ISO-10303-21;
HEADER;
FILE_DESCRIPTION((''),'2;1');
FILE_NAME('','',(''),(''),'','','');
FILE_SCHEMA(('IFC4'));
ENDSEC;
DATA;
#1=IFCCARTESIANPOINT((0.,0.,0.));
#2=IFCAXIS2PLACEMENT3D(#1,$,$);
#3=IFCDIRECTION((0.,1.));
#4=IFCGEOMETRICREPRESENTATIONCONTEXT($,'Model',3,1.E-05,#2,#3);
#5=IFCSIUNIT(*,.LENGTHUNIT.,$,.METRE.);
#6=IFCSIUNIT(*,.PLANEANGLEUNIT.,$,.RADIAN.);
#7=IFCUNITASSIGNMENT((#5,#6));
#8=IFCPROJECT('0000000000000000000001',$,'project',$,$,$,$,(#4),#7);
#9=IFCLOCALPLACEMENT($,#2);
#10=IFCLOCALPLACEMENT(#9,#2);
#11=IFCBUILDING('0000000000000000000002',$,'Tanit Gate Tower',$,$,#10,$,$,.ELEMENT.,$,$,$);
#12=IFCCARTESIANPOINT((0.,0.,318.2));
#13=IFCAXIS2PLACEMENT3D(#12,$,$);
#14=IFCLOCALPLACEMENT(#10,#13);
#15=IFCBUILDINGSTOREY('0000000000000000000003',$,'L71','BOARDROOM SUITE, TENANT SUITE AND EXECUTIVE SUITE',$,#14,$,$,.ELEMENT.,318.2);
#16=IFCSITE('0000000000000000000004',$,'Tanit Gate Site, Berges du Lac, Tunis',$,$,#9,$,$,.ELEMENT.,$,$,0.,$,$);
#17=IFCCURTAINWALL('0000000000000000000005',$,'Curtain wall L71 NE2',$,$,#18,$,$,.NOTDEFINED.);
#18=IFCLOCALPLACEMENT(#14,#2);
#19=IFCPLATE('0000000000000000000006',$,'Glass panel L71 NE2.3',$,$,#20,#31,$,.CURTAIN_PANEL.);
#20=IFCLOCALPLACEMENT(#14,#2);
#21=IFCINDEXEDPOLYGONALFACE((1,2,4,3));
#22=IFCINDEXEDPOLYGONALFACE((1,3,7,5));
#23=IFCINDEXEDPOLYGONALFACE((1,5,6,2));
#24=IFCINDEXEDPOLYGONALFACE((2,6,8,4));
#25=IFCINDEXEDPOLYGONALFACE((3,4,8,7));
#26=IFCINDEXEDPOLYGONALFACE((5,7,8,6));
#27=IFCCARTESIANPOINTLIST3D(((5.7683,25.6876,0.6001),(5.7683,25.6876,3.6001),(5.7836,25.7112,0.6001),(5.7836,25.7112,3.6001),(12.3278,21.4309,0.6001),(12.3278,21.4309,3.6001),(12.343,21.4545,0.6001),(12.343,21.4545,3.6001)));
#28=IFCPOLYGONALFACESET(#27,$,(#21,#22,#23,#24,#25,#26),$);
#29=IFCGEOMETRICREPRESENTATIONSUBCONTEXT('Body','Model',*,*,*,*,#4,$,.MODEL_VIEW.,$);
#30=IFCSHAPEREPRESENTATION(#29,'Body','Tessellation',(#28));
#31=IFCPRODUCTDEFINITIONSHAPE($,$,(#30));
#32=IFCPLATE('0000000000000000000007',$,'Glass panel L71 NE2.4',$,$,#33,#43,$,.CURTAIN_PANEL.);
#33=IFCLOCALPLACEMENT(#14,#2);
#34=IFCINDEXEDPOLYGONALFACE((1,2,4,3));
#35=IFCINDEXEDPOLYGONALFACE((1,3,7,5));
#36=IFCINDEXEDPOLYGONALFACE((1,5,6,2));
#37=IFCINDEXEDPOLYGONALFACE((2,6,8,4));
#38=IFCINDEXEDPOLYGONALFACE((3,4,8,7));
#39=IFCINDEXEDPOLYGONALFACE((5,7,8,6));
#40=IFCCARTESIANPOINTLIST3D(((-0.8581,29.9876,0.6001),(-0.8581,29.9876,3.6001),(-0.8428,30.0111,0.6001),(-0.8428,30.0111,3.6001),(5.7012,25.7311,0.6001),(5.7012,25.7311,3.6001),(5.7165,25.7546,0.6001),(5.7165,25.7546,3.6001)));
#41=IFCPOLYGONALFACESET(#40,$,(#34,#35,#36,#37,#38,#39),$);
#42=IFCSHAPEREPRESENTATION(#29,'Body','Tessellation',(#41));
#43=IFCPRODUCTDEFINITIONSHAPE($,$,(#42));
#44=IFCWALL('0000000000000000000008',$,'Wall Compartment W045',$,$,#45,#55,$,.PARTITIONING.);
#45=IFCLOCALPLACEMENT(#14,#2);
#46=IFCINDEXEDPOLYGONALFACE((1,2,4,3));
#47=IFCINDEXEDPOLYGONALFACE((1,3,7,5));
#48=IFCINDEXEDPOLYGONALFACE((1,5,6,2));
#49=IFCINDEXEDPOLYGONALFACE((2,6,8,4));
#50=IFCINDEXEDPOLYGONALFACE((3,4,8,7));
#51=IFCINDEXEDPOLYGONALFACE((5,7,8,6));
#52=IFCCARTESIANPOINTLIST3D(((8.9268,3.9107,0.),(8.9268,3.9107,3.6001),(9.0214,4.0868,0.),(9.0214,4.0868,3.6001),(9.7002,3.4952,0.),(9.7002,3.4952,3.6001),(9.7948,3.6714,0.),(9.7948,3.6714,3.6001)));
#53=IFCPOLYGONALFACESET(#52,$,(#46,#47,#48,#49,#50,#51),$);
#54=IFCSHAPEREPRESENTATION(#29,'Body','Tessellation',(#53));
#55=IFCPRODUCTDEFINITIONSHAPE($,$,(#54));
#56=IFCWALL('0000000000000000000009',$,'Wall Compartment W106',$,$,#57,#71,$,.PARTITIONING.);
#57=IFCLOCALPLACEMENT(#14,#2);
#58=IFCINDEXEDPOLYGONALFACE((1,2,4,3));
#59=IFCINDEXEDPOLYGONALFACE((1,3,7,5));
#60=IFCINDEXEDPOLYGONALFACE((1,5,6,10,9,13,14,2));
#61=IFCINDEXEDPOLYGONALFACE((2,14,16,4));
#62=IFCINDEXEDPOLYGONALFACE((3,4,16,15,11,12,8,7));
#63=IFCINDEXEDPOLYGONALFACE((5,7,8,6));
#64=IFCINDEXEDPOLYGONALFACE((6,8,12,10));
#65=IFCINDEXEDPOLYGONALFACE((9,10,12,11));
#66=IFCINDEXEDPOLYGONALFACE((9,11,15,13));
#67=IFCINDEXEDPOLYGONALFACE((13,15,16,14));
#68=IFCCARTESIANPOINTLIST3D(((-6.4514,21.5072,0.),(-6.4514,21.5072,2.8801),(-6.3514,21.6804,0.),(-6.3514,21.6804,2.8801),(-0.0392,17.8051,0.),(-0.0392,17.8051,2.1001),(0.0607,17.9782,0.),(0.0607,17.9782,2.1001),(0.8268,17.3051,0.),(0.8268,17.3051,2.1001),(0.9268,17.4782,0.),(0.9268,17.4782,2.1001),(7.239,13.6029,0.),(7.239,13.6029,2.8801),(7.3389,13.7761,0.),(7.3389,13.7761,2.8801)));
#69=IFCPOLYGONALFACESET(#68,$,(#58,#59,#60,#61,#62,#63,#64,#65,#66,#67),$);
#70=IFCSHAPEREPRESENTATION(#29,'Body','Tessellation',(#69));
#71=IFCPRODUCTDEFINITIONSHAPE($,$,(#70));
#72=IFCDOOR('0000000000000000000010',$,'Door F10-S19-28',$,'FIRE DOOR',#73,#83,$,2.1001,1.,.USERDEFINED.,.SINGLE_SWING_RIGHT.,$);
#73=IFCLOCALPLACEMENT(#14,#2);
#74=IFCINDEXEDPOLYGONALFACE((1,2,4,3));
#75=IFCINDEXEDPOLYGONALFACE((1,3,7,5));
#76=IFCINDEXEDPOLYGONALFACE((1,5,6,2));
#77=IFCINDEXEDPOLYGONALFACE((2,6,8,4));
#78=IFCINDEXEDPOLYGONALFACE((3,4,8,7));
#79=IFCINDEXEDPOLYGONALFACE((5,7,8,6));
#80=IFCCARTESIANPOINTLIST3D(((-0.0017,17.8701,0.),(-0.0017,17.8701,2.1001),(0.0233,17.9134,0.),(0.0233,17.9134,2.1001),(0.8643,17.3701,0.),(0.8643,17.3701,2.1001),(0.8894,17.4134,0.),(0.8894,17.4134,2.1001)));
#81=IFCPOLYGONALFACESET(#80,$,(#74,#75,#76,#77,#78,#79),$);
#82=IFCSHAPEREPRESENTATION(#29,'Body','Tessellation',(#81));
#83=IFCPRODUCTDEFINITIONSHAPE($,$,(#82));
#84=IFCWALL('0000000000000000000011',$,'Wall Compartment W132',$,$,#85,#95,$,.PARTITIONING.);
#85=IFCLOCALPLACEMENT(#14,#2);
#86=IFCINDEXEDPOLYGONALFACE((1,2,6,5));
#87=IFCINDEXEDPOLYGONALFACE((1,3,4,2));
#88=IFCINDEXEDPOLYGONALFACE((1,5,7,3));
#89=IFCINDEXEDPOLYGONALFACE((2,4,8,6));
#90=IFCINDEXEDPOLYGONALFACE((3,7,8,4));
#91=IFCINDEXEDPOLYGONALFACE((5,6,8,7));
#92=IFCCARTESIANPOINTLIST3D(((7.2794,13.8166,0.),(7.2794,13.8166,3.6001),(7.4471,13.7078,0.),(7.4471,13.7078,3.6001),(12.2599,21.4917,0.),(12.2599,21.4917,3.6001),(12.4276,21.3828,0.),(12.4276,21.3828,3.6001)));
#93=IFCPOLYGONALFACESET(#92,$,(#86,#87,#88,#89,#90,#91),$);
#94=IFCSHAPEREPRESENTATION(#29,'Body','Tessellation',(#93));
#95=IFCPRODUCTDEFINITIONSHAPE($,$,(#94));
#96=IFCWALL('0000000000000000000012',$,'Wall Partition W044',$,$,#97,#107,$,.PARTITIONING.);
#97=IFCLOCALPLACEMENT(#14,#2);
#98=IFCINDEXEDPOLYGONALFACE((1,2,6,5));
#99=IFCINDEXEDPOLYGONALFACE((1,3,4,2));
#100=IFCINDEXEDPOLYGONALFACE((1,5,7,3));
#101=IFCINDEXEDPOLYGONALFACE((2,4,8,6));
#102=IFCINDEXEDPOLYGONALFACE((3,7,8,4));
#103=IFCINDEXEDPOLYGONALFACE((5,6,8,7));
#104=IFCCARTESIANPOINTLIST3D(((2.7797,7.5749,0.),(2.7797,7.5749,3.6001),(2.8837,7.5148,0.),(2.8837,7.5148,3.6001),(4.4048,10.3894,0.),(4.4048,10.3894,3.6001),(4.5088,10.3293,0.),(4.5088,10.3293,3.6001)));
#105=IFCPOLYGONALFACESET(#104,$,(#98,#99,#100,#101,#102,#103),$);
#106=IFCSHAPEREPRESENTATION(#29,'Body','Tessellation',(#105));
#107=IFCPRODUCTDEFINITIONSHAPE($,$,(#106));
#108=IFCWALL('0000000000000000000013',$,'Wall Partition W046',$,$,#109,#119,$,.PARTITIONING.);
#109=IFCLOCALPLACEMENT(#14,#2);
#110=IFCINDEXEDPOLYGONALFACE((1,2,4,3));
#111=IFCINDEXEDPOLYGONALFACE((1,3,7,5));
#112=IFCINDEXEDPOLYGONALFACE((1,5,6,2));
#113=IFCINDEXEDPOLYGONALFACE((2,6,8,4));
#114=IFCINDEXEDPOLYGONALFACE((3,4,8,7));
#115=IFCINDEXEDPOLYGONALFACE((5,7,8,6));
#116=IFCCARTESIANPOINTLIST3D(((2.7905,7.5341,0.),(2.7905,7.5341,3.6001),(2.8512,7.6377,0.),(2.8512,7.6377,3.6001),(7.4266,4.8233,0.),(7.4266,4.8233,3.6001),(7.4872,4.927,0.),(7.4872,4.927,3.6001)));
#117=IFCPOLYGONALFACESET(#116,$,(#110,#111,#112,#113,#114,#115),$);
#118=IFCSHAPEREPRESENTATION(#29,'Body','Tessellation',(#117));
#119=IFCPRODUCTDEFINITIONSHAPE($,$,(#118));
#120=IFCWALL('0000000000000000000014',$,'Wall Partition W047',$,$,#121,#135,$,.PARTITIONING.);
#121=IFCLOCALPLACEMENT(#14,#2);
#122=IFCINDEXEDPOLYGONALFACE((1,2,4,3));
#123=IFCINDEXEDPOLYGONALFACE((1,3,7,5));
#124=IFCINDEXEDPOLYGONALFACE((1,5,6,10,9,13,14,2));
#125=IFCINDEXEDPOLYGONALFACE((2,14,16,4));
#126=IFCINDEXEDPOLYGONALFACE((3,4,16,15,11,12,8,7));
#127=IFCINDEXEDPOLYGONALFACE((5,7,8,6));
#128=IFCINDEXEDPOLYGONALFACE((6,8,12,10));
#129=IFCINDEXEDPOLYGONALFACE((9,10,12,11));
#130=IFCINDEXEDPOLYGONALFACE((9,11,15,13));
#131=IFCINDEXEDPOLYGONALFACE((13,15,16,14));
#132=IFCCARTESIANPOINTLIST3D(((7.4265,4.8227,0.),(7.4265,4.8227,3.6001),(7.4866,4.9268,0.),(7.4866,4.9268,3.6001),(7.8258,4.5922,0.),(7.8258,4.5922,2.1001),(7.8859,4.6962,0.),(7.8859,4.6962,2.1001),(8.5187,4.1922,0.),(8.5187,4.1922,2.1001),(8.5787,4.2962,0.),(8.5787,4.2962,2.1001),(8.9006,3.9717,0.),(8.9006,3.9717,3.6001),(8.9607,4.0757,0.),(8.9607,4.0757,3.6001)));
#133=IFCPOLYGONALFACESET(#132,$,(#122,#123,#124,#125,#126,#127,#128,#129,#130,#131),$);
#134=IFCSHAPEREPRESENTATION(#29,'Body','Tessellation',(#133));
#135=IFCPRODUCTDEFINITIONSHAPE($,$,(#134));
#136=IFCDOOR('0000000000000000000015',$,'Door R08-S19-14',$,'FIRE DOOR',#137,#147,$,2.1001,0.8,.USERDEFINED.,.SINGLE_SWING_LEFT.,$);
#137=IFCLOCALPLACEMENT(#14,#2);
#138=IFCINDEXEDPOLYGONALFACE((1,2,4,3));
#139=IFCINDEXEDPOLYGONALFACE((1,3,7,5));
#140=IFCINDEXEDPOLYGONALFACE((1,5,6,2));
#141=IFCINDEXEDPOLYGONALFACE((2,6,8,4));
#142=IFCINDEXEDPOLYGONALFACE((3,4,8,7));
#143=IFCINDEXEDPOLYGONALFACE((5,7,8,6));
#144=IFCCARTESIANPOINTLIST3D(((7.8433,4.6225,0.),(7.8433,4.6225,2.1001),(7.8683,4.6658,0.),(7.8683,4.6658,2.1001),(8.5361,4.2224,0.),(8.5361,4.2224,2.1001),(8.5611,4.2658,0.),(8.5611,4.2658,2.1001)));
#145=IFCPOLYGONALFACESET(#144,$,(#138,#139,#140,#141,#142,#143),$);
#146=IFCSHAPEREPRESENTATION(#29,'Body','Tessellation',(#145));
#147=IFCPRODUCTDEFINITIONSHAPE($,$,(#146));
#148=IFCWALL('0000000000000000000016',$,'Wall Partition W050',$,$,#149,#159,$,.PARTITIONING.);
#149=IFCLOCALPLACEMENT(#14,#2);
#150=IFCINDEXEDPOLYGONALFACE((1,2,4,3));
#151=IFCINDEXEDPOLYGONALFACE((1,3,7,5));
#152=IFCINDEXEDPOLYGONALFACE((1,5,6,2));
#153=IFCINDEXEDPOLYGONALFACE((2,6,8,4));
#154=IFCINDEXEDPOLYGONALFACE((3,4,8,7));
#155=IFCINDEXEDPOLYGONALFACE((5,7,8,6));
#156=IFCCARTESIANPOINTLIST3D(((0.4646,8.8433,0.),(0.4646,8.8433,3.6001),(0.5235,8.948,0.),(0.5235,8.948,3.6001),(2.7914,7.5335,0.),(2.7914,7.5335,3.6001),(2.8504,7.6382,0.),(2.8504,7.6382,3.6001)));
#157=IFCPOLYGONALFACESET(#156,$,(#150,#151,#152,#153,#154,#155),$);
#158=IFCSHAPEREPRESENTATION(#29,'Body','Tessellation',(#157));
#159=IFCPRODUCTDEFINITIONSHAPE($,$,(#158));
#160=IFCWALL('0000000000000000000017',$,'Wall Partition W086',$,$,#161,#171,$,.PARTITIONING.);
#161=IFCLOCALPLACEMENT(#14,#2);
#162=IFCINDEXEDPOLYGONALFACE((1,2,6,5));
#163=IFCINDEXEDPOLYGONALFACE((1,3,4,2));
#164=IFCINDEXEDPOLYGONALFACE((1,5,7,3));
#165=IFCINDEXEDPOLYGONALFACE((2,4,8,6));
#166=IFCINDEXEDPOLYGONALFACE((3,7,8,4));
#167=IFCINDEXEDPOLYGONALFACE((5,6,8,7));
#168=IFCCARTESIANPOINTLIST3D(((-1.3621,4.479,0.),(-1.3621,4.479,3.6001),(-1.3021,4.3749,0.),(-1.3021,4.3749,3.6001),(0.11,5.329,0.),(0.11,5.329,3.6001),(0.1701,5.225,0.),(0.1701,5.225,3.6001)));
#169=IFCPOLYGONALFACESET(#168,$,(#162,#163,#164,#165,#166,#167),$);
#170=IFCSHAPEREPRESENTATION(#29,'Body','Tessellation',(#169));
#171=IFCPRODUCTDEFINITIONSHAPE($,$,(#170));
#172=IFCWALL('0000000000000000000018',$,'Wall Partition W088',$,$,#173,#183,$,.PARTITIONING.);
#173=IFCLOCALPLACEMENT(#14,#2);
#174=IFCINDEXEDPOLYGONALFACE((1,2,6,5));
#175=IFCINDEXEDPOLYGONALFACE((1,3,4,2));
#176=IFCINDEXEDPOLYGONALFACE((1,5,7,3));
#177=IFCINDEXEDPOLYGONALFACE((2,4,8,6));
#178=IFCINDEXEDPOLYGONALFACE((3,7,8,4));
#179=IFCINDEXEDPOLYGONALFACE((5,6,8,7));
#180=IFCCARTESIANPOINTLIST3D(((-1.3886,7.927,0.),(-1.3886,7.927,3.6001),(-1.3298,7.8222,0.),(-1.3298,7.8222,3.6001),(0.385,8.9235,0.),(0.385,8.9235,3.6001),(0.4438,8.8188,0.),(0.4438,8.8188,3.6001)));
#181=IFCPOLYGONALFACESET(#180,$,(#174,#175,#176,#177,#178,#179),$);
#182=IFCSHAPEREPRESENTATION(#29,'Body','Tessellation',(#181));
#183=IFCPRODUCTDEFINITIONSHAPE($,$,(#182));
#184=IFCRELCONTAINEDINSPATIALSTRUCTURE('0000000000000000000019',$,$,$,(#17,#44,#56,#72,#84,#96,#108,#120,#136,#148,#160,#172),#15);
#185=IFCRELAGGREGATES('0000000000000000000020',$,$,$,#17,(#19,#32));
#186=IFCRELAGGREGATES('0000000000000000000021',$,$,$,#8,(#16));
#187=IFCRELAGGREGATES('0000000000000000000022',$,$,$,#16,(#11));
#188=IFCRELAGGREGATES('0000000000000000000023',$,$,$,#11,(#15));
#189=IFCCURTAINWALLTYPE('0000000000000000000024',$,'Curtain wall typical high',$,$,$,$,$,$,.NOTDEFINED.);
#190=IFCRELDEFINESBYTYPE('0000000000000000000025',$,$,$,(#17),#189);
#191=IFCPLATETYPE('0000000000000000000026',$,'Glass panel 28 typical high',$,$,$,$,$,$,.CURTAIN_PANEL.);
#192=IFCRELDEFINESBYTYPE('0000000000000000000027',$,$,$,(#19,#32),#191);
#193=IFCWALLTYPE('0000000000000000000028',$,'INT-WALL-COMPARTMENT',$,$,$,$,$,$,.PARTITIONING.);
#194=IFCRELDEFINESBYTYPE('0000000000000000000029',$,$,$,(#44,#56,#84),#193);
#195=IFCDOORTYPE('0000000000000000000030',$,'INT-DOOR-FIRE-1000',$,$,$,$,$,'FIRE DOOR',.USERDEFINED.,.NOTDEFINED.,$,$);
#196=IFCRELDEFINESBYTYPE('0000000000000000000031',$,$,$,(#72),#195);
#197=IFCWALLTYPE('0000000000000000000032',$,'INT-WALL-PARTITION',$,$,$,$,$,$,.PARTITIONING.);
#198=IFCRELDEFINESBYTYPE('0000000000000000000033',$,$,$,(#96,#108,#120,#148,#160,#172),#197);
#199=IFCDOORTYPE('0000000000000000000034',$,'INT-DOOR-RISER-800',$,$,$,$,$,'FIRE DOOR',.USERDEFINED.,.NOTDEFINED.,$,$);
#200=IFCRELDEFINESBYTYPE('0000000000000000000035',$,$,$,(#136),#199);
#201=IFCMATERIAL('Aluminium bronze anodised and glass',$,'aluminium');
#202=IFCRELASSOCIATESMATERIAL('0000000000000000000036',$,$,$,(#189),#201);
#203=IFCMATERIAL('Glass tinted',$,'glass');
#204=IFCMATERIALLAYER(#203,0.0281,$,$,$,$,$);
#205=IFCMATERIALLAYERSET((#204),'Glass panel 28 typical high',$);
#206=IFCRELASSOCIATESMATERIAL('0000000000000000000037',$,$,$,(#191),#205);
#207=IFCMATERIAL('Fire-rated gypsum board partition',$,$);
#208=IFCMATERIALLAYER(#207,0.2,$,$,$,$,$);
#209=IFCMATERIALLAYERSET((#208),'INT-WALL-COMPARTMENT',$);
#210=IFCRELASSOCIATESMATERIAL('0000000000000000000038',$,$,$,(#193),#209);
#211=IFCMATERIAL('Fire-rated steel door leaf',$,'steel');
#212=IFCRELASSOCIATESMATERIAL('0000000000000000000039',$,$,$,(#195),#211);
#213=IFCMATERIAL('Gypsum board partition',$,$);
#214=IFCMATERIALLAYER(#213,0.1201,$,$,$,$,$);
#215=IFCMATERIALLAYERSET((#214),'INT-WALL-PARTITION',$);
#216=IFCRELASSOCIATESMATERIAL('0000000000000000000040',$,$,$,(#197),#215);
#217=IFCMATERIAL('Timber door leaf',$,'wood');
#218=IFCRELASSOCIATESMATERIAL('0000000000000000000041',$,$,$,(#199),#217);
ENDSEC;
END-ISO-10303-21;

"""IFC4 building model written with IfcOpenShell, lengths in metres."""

from ifc_helpers import new_model, si_unit, direction, frame, frame_2d, origin, origin_2d, place, context, subcontext, project, spatial, rectangle, extrude, material, layer, layer_set, type_object, element, fill, aggregate, save


model = new_model("IFC4")

# Units and contexts
model_context = context("Model", 3, precision=1e-05, world=origin(), true_north=direction((0.0, 1.0)))
body_context = subcontext(model_context, "Body", "Model", "MODEL_VIEW")
ifc_project = project(units=[si_unit("LENGTHUNIT", "METRE"), si_unit("PLANEANGLEUNIT", "RADIAN")], contexts=[model_context])

# Site, building, storey
site_placement = place(None, origin())
site = spatial("IfcSite", under=ifc_project, at=site_placement, Name="Tanit Gate Site, Berges du Lac, Tunis", CompositionType="ELEMENT", RefElevation=0.0)
building_placement = place(site_placement, origin())
building = spatial("IfcBuilding", under=site, at=building_placement, Name="Tanit Gate Tower", CompositionType="ELEMENT")
storey_placement = place(building_placement, frame((0.0, 0.0, 318.2)))
storey = spatial("IfcBuildingStorey", under=building, at=storey_placement, Name="L71", Description="BOARDROOM SUITE, TENANT SUITE AND EXECUTIVE SUITE", CompositionType="ELEMENT", Elevation=318.2)

# Curtain wall
ifc_material_1 = material(Name="Aluminium bronze anodised and glass", Category="aluminium")
curtain_wall_type = type_object("IfcCurtainWallType", Name="Curtain wall typical high", PredefinedType="NOTDEFINED", material=ifc_material_1)
curtain_wall_1_placement = place(storey_placement, origin())
curtain_wall_1 = element("IfcCurtainWall", 1, at=curtain_wall_1_placement, inside=storey, type_object=curtain_wall_type, Name="Curtain wall L71 NE2", PredefinedType="NOTDEFINED")

# Plates
ifc_material_2 = material(Name="Glass tinted", Category="glass")
ifc_layer_1 = layer(ifc_material_2, 0.0281)
ifc_layer_set_1 = layer_set([ifc_layer_1], Name="Glass panel 28 typical high")
plate_type = type_object("IfcPlateType", Name="Glass panel 28 typical high", PredefinedType="CURTAIN_PANEL", material=ifc_layer_set_1)
plate_1_placement = place(storey_placement, frame((9.0557, 23.571, 0.6001), z_axis=(0.0, 0.0, 1.0), x_axis=(-0.838852, 0.544359, 0.0)))
plate_1 = element("IfcPlate", 2, at=plate_1_placement, type_object=plate_type, Name="Glass panel L71 NE2.3", PredefinedType="CURTAIN_PANEL", context=body_context, shape_type="SweptSolid", body=[
    extrude(rectangle(XDim=7.8196, YDim=0.0281, at=origin_2d()), origin(), (0.0, 0.0, 1.0), 3.0),
])
plate_2_placement = place(storey_placement, frame((2.4292, 27.8711, 0.6001), z_axis=(0.0, 0.0, 1.0), x_axis=(-0.838852, 0.544359, 0.0)))
plate_2 = element("IfcPlate", 3, at=plate_2_placement, type_object=plate_type, Name="Glass panel L71 NE2.4", PredefinedType="CURTAIN_PANEL", context=body_context, shape_type="SweptSolid", body=[
    extrude(rectangle(XDim=7.8193, YDim=0.0281, at=origin_2d()), origin(), (0.0, 0.0, 1.0), 3.0),
])
aggregate(curtain_wall_1, [plate_1, plate_2])

# Wall
ifc_material_3 = material(Name="Fire-rated gypsum board partition")
ifc_layer_2 = layer(ifc_material_3, 0.2)
ifc_layer_set_2 = layer_set([ifc_layer_2], Name="INT-WALL-COMPARTMENT")
wall_type_1 = type_object("IfcWallType", Name="INT-WALL-COMPARTMENT", PredefinedType="PARTITIONING", material=ifc_layer_set_2)
wall_1_placement = place(storey_placement, frame((8.9741, 3.9988, 0.0), z_axis=(0.0, 0.0, 1.0), x_axis=(0.880917, -0.473271, 0.0)))
element("IfcWall", 4, at=wall_1_placement, inside=storey, type_object=wall_type_1, Name="Wall Compartment W045", PredefinedType="PARTITIONING", context=body_context, shape_type="SweptSolid", body=[
    extrude(rectangle(XDim=0.8779, YDim=0.2, at=frame_2d((0.439, 0.0))), origin(), (0.0, 0.0, 1.0), 3.6001),
])

# Wall, opening, door
wall_2_placement = place(storey_placement, frame((7.2891, 13.6895, 0.0), z_axis=(0.0, 0.0, 1.0), x_axis=(-0.866022, 0.500006, 0.0)))
wall_2 = element("IfcWall", 5, at=wall_2_placement, inside=storey, type_object=wall_type_1, Name="Wall Compartment W106", PredefinedType="PARTITIONING", context=body_context, shape_type="SweptSolid", body=[
    extrude(rectangle(XDim=15.8083, YDim=0.2, at=frame_2d((7.9043, 0.0))), origin(), (0.0, 0.0, 1.0), 2.8801),
])
opening_1_placement = place(wall_2_placement, frame((7.4043, 0.0, 0.0)))
opening_1 = element("IfcOpeningElement", 6, at=opening_1_placement, cuts=wall_2, PredefinedType="OPENING", context=body_context, shape_type="SweptSolid", body=[
    extrude(rectangle(XDim=1.0, YDim=2.1001, at=frame_2d((0.5, 1.05))), frame((0.0, 0.1099, 0.0), z_axis=(0.0, -1.0, 0.0), x_axis=(1.0, 0.0, 0.0)), (0.0, 0.0, 1.0), 0.22),
])
ifc_material_4 = material(Name="Fire-rated steel door leaf", Category="steel")
door_type_1 = type_object("IfcDoorType", Name="INT-DOOR-FIRE-1000", ElementType="FIRE DOOR", OperationType="NOTDEFINED", PredefinedType="USERDEFINED", material=ifc_material_4)
door_1_placement = place(opening_1_placement, origin())
door_1 = element("IfcDoor", 7, at=door_1_placement, inside=storey, type_object=door_type_1, Name="Door F10-S19-28", ObjectType="FIRE DOOR", OperationType="SINGLE_SWING_RIGHT", OverallHeight=2.1001, OverallWidth=1.0, PredefinedType="USERDEFINED", context=body_context, shape_type="SweptSolid", body=[
    extrude(rectangle(XDim=1.0, YDim=2.1001, at=frame_2d((0.5, 1.05))), frame((0.0, 0.0249, 0.0), z_axis=(0.0, -1.0, 0.0), x_axis=(1.0, 0.0, 0.0)), (0.0, 0.0, 1.0), 0.05),
])
fill(opening_1, door_1)

# Walls
wall_3_placement = place(storey_placement, frame((7.3633, 13.7622, 0.0), z_axis=(0.0, 0.0, 1.0), x_axis=(0.544349, 0.838859, 0.0)))
element("IfcWall", 8, at=wall_3_placement, inside=storey, type_object=wall_type_1, Name="Wall Compartment W132", PredefinedType="PARTITIONING", context=body_context, shape_type="SweptSolid", body=[
    extrude(rectangle(XDim=9.1494, YDim=0.2, at=frame_2d((4.5747, 0.0))), origin(), (0.0, 0.0, 1.0), 3.6001),
])
ifc_material_5 = material(Name="Gypsum board partition")
ifc_layer_3 = layer(ifc_material_5, 0.1201)
ifc_layer_set_3 = layer_set([ifc_layer_3], Name="INT-WALL-PARTITION")
wall_type_2 = type_object("IfcWallType", Name="INT-WALL-PARTITION", PredefinedType="PARTITIONING", material=ifc_layer_set_3)
wall_4_placement = place(storey_placement, frame((4.4568, 10.3594, 0.0), z_axis=(0.0, 0.0, 1.0), x_axis=(-0.500017, -0.866015, 0.0)))
element("IfcWall", 9, at=wall_4_placement, inside=storey, type_object=wall_type_2, Name="Wall Partition W044", PredefinedType="PARTITIONING", context=body_context, shape_type="SweptSolid", body=[
    extrude(rectangle(XDim=3.25, YDim=0.1201, at=frame_2d((1.625, 0.0))), origin(), (0.0, 0.0, 1.0), 3.6001),
])
wall_5_placement = place(storey_placement, frame((7.4568, 4.8752, 0.0), z_axis=(0.0, 0.0, 1.0), x_axis=(-0.863262, 0.504755, 0.0)))
element("IfcWall", 10, at=wall_5_placement, inside=storey, type_object=wall_type_2, Name="Wall Partition W046", PredefinedType="PARTITIONING", context=body_context, shape_type="SweptSolid", body=[
    extrude(rectangle(XDim=5.3704, YDim=0.1201, at=frame_2d((2.6851, 0.0))), origin(), (0.0, 0.0, 1.0), 3.6001),
])

# Wall, opening, door
wall_6_placement = place(storey_placement, frame((7.4565, 4.8748, 0.0), z_axis=(0.0, 0.0, 1.0), x_axis=(0.866028, -0.499996, 0.0)))
wall_6 = element("IfcWall", 11, at=wall_6_placement, inside=storey, type_object=wall_type_2, Name="Wall Partition W047", PredefinedType="PARTITIONING", context=body_context, shape_type="SweptSolid", body=[
    extrude(rectangle(XDim=1.7021, YDim=0.1201, at=frame_2d((0.8511, 0.0))), origin(), (0.0, 0.0, 1.0), 3.6001),
])
opening_2_placement = place(wall_6_placement, frame((0.4612, 0.0, 0.0)))
opening_2 = element("IfcOpeningElement", 12, at=opening_2_placement, cuts=wall_6, PredefinedType="OPENING", context=body_context, shape_type="SweptSolid", body=[
    extrude(rectangle(XDim=0.8, YDim=2.1001, at=frame_2d((0.3999, 1.05))), frame((0.0, 0.0701, 0.0), z_axis=(0.0, -1.0, 0.0), x_axis=(1.0, 0.0, 0.0)), (0.0, 0.0, 1.0), 0.1401),
])
ifc_material_6 = material(Name="Timber door leaf", Category="wood")
door_type_2 = type_object("IfcDoorType", Name="INT-DOOR-RISER-800", ElementType="FIRE DOOR", OperationType="NOTDEFINED", PredefinedType="USERDEFINED", material=ifc_material_6)
door_2_placement = place(opening_2_placement, origin())
door_2 = element("IfcDoor", 13, at=door_2_placement, inside=storey, type_object=door_type_2, Name="Door R08-S19-14", ObjectType="FIRE DOOR", OperationType="SINGLE_SWING_LEFT", OverallHeight=2.1001, OverallWidth=0.8, PredefinedType="USERDEFINED", context=body_context, shape_type="SweptSolid", body=[
    extrude(rectangle(XDim=0.8, YDim=2.1001, at=frame_2d((0.3999, 1.05))), frame((0.0, 0.0249, 0.0), z_axis=(0.0, -1.0, 0.0), x_axis=(1.0, 0.0, 0.0)), (0.0, 0.0, 1.0), 0.05),
])
fill(opening_2, door_2)

# Walls
wall_7_placement = place(storey_placement, frame((2.8208, 7.5859, 0.0), z_axis=(0.0, 0.0, 1.0), x_axis=(-0.871427, 0.490526, 0.0)))
element("IfcWall", 14, at=wall_7_placement, inside=storey, type_object=wall_type_2, Name="Wall Partition W050", PredefinedType="PARTITIONING", context=body_context, shape_type="SweptSolid", body=[
    extrude(rectangle(XDim=2.6702, YDim=0.1201, at=frame_2d((1.335, 0.0))), origin(), (0.0, 0.0, 1.0), 3.6001),
])
wall_8_placement = place(storey_placement, frame((0.1401, 5.2771, 0.0), z_axis=(0.0, 0.0, 1.0), x_axis=(-0.865989, -0.500062, 0.0)))
element("IfcWall", 15, at=wall_8_placement, inside=storey, type_object=wall_type_2, Name="Wall Partition W086", PredefinedType="PARTITIONING", context=body_context, shape_type="SweptSolid", body=[
    extrude(rectangle(XDim=1.7, YDim=0.1201, at=frame_2d((0.8501, 0.0))), origin(), (0.0, 0.0, 1.0), 3.6001),
])
wall_9_placement = place(storey_placement, frame((0.4143, 8.8711, 0.0), z_axis=(0.0, 0.0, 1.0), x_axis=(-0.871809, -0.489845, 0.0)))
element("IfcWall", 16, at=wall_9_placement, inside=storey, type_object=wall_type_2, Name="Wall Partition W088", PredefinedType="PARTITIONING", context=body_context, shape_type="SweptSolid", body=[
    extrude(rectangle(XDim=2.0344, YDim=0.1201, at=frame_2d((1.0171, 0.0))), origin(), (0.0, 0.0, 1.0), 3.6001),
])

save(model, "model.ifc")
